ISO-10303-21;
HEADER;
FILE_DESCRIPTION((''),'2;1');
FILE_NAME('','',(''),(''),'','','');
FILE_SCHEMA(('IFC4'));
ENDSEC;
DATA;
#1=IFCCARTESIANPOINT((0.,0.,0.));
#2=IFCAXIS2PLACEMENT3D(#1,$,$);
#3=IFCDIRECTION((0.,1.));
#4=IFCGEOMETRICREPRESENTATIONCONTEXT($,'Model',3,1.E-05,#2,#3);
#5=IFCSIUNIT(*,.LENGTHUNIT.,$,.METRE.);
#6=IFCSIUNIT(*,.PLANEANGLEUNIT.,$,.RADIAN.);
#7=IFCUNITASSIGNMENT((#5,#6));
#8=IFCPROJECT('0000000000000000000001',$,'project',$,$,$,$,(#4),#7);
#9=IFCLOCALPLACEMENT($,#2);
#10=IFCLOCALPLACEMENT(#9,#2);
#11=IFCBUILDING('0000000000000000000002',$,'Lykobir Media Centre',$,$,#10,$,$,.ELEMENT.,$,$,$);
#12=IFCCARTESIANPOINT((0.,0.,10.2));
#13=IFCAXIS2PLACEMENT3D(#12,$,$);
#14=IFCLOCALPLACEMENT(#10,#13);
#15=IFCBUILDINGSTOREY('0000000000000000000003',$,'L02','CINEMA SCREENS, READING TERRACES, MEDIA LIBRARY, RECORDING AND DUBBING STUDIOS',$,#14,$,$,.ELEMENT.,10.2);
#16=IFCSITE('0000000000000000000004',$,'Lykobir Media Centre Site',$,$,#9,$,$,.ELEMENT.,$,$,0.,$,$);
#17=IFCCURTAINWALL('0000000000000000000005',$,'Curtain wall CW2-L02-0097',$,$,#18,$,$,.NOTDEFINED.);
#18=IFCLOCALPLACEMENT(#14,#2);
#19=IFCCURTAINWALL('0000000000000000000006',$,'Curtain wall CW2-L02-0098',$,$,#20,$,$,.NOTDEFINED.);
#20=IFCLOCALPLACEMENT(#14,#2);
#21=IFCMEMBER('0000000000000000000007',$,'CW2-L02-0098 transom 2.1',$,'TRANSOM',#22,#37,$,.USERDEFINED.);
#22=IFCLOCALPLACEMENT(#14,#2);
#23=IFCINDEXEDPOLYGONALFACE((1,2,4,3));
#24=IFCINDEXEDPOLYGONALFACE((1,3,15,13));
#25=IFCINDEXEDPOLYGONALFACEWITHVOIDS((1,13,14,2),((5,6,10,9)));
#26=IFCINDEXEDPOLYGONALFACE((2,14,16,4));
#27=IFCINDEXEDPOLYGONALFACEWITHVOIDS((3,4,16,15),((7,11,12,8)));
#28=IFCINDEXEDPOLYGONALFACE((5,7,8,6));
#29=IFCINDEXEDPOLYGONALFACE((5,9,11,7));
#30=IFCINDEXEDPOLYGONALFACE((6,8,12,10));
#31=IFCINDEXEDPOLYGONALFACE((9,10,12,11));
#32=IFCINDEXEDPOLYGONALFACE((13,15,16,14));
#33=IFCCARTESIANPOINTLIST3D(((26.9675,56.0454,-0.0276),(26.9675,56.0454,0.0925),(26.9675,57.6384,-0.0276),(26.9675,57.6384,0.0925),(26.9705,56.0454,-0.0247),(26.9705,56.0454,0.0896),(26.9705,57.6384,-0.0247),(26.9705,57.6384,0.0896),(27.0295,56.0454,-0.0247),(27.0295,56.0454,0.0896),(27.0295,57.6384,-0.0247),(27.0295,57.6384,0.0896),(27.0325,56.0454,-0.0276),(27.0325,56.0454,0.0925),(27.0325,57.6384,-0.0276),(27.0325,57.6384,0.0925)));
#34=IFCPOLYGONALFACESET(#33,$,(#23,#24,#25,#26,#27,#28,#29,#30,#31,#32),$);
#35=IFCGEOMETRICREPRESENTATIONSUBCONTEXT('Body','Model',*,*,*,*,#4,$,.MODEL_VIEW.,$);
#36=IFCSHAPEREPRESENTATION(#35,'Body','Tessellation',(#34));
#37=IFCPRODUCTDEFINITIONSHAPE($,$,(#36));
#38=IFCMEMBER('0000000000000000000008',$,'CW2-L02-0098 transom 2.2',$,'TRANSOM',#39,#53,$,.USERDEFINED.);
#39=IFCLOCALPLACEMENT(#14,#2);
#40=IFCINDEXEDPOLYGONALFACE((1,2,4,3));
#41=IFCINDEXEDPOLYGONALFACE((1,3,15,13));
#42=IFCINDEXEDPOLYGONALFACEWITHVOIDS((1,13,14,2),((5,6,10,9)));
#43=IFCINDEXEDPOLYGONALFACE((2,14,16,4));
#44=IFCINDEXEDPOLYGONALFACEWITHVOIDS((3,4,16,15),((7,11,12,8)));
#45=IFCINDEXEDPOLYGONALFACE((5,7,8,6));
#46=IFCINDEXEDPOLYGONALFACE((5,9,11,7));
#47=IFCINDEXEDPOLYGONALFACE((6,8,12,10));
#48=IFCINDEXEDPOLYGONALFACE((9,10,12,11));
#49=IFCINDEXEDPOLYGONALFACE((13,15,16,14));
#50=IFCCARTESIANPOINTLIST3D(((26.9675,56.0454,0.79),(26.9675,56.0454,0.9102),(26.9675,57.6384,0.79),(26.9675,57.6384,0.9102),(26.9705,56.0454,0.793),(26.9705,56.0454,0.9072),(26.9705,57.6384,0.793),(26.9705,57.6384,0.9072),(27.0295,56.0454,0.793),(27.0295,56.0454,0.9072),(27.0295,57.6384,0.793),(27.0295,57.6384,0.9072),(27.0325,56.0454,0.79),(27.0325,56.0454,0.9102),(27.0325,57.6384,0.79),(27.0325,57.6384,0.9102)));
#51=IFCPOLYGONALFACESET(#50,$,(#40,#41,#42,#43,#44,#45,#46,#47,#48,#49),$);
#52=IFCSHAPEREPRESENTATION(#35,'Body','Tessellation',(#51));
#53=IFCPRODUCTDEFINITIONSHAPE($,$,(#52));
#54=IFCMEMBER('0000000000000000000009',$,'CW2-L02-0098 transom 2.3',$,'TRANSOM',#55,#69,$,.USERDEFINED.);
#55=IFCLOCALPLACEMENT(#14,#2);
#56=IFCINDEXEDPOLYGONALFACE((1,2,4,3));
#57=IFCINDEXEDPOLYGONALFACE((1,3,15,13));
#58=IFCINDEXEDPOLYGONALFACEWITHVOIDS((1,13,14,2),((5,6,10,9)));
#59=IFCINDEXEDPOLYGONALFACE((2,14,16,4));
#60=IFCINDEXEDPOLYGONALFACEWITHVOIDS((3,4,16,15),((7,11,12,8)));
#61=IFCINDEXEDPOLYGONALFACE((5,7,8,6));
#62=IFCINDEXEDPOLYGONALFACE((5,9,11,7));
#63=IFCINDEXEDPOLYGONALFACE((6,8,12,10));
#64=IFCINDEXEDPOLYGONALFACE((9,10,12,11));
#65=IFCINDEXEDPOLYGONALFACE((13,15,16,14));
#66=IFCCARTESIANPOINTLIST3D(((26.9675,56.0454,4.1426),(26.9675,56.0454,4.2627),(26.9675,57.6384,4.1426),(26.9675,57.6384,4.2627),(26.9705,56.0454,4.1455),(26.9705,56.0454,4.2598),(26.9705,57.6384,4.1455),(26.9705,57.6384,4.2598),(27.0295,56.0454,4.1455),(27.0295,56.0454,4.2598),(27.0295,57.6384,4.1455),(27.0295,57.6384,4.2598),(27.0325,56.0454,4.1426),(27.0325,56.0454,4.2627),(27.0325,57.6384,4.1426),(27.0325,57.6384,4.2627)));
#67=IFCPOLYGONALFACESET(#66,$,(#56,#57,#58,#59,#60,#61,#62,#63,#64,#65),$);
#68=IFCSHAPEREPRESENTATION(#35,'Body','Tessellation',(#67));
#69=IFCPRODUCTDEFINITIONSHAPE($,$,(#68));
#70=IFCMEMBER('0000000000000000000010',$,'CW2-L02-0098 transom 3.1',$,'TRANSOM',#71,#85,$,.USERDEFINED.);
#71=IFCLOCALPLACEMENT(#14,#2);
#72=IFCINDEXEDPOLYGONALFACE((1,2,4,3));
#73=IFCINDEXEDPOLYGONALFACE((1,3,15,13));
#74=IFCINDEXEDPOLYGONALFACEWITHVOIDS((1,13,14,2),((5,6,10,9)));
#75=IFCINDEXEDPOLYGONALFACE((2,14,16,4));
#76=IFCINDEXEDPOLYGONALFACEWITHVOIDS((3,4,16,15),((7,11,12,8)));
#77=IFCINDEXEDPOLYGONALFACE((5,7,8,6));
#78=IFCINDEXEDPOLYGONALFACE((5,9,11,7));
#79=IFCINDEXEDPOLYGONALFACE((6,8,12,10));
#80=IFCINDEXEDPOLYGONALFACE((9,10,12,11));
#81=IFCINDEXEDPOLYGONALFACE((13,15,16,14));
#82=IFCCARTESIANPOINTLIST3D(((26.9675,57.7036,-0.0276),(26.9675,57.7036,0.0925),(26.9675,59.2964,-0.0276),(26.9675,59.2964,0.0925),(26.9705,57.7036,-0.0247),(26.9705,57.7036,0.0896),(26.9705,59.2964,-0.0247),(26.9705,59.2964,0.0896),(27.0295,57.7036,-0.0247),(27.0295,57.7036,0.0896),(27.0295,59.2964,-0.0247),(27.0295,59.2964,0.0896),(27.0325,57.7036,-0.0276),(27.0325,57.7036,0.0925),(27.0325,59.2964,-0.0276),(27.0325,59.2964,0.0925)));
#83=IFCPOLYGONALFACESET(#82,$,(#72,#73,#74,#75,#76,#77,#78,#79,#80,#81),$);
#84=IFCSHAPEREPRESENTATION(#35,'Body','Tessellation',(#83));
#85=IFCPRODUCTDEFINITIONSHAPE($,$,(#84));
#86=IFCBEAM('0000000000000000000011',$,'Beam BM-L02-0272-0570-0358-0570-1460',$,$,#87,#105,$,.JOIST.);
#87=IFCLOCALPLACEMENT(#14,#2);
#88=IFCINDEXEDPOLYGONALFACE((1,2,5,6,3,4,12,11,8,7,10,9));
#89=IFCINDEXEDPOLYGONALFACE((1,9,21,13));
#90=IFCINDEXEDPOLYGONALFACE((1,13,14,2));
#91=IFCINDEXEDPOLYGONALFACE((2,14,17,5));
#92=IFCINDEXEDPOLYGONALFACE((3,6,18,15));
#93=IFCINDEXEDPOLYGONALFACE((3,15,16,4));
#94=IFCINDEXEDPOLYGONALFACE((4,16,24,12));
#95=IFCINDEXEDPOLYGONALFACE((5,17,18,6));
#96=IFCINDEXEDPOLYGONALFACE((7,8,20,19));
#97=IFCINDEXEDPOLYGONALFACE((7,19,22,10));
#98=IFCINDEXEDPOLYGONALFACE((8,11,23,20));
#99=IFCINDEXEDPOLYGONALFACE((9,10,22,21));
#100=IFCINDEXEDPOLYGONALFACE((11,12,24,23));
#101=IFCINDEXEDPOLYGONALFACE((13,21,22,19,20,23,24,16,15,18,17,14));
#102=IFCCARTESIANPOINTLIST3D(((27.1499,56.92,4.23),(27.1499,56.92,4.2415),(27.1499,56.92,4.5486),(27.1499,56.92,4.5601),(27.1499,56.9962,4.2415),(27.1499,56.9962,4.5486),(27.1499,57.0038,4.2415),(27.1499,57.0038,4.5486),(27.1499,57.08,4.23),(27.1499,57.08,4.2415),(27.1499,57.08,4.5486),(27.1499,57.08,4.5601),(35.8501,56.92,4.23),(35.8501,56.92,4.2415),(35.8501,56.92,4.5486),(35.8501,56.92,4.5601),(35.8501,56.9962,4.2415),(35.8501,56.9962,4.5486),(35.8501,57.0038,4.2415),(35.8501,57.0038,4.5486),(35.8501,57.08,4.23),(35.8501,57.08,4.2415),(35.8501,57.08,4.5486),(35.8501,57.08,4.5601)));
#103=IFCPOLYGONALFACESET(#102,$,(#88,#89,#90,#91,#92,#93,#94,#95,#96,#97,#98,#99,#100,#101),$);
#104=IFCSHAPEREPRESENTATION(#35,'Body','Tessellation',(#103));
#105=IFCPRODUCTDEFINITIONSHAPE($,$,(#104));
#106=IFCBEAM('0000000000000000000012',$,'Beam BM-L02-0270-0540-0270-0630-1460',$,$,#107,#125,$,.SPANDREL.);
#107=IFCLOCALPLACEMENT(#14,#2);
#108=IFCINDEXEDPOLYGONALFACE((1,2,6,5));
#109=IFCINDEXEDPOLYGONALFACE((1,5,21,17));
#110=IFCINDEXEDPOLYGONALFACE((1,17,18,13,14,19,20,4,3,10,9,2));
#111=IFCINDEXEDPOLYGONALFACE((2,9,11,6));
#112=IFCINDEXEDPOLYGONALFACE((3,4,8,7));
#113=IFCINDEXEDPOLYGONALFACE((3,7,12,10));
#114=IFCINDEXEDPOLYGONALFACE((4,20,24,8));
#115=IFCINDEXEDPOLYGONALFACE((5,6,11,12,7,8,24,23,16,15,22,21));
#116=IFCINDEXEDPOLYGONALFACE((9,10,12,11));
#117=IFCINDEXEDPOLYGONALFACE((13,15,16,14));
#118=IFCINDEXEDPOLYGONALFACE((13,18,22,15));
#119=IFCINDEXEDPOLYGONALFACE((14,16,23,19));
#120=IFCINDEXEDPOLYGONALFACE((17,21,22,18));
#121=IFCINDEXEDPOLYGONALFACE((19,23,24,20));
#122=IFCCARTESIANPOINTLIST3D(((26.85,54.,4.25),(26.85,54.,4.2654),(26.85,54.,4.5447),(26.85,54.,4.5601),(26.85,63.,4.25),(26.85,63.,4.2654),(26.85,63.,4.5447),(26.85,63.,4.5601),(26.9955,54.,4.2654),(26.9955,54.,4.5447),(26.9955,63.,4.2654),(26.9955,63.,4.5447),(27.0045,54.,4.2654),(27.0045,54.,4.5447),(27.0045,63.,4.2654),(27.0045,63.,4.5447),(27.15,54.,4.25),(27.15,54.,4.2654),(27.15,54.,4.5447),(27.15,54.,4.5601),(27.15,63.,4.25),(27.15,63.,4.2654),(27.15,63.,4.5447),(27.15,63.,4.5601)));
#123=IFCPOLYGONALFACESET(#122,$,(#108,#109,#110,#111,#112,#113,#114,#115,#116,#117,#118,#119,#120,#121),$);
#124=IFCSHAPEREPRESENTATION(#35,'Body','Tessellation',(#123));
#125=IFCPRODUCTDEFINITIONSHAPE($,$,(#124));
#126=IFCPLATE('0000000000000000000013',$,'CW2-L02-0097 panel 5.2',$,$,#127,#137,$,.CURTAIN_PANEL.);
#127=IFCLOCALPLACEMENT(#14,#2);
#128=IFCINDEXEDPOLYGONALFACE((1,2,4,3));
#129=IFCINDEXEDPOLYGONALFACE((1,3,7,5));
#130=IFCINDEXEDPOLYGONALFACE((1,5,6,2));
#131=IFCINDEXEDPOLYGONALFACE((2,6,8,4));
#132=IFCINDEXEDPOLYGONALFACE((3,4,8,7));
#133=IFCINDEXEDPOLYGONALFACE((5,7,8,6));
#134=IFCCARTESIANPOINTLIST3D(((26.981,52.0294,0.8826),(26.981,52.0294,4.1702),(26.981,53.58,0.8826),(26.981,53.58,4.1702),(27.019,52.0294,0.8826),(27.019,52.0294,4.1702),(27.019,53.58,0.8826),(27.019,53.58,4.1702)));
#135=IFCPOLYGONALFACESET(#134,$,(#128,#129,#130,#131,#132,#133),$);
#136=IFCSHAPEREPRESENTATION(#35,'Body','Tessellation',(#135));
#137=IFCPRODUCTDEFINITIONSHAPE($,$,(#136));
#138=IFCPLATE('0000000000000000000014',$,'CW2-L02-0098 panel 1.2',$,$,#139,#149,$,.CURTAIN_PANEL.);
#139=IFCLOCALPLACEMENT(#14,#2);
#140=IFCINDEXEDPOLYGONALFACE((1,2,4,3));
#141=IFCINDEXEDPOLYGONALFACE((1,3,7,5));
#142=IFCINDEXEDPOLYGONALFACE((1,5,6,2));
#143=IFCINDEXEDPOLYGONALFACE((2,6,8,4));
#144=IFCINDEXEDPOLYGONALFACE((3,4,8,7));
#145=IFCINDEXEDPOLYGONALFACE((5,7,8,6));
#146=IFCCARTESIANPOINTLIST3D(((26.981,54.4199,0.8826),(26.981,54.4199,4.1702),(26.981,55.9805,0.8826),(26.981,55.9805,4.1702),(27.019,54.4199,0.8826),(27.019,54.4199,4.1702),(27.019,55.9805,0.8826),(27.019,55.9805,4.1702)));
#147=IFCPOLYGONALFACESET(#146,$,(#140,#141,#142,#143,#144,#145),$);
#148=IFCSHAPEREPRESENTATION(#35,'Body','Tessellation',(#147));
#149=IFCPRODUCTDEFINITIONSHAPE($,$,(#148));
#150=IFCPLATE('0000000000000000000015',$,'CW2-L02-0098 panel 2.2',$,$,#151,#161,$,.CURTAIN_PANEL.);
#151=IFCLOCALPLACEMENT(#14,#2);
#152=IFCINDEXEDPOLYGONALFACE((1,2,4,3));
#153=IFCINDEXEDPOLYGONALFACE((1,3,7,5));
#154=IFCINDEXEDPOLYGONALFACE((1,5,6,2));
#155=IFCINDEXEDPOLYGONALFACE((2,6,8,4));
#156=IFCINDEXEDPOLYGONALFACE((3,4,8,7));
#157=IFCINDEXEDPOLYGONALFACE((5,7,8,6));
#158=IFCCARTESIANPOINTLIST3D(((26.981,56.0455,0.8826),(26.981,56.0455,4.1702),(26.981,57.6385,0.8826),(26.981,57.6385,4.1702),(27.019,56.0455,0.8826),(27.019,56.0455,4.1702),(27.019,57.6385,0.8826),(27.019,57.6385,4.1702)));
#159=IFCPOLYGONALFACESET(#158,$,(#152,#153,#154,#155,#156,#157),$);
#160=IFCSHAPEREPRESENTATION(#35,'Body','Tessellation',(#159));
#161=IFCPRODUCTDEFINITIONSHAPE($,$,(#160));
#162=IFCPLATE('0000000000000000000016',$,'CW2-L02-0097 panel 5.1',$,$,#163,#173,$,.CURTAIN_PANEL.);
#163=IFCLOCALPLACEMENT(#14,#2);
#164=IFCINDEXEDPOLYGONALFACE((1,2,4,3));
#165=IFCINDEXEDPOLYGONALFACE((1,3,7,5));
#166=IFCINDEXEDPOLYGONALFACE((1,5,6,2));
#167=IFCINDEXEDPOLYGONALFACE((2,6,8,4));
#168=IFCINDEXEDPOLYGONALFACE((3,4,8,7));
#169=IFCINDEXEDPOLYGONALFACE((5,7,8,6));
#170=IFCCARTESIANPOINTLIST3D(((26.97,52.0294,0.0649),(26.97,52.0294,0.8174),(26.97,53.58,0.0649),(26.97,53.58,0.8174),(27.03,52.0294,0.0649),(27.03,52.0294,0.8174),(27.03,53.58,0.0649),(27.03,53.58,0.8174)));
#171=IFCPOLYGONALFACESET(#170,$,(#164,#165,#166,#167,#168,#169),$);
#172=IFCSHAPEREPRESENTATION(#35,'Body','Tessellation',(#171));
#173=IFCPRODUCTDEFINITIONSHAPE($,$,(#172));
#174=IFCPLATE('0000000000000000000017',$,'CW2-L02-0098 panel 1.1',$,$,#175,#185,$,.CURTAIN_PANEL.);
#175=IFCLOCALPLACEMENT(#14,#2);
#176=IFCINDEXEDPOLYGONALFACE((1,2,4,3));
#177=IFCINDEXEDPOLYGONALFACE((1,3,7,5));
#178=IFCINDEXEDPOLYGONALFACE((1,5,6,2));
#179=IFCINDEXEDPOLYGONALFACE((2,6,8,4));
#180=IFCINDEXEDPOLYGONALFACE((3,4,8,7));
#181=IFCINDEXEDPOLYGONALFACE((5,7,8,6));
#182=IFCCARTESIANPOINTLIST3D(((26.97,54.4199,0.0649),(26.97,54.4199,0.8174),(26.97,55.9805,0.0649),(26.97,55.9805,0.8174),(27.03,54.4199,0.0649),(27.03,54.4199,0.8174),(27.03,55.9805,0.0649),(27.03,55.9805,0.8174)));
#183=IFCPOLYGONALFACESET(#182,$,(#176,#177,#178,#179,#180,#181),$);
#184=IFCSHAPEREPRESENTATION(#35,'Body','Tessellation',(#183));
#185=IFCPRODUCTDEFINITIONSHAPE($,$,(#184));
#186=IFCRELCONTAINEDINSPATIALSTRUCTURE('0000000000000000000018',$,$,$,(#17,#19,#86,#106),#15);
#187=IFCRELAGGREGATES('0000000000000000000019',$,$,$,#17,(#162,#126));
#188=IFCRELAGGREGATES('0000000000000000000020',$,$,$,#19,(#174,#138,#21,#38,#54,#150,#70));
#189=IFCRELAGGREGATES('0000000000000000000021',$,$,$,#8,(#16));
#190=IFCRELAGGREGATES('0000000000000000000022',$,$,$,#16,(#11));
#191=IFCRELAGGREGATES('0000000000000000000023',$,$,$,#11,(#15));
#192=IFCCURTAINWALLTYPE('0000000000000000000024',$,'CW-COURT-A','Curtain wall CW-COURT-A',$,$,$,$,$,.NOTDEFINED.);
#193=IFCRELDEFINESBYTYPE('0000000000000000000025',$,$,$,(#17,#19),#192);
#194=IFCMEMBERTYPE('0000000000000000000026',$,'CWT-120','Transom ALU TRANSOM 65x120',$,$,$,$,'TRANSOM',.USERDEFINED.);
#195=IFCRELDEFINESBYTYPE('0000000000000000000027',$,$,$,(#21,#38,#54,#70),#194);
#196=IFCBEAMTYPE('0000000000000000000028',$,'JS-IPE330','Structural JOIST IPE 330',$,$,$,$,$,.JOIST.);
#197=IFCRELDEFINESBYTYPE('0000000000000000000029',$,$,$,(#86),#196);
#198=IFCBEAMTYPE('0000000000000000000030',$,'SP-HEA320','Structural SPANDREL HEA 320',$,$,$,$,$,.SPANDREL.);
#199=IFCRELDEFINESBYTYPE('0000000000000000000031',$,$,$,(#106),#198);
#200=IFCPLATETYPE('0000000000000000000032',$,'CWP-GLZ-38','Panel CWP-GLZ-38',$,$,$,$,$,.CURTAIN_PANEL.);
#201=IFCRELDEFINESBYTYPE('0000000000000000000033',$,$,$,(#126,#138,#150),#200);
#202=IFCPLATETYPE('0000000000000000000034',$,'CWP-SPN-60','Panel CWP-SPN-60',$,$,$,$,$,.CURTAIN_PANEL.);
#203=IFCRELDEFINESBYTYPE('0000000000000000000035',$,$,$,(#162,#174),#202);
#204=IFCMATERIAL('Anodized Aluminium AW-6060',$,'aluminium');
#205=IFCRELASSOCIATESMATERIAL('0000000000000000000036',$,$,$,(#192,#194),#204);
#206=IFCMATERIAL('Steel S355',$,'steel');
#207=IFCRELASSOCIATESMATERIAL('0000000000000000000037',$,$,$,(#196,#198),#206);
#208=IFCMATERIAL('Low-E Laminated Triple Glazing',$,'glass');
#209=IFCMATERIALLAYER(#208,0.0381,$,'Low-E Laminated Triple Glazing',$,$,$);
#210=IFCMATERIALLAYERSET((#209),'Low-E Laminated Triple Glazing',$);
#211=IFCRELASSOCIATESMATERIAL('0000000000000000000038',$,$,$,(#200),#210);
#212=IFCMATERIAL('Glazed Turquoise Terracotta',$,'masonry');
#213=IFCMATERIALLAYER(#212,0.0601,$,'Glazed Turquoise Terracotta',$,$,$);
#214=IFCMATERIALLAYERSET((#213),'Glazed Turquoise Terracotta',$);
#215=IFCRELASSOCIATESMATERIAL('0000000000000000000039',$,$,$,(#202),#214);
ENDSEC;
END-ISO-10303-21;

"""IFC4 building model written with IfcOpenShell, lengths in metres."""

from ifc_helpers import new_model, si_unit, direction, frame, origin, origin_2d, place, context, subcontext, project, spatial, rectangle, hollow_rectangle, i_section, extrude, material, layer, layer_set, material_profile, profile_set, type_object, element, aggregate, save


model = new_model("IFC4")

# Units and contexts
model_context = context("Model", 3, precision=1e-05, world=origin(), true_north=direction((0.0, 1.0)))
body_context = subcontext(model_context, "Body", "Model", "MODEL_VIEW")
ifc_project = project(units=[si_unit("LENGTHUNIT", "METRE"), si_unit("PLANEANGLEUNIT", "RADIAN")], contexts=[model_context])

# Site, building, storey
site_placement = place(None, origin())
site = spatial("IfcSite", under=ifc_project, at=site_placement, Name="Lykobir Media Centre Site", CompositionType="ELEMENT", RefElevation=0.0)
building_placement = place(site_placement, origin())
building = spatial("IfcBuilding", under=site, at=building_placement, Name="Lykobir Media Centre", CompositionType="ELEMENT")
storey_placement = place(building_placement, frame((0.0, 0.0, 10.2)))
storey = spatial("IfcBuildingStorey", under=building, at=storey_placement, Name="L02", Description="CINEMA SCREENS, READING TERRACES, MEDIA LIBRARY, RECORDING AND DUBBING STUDIOS", CompositionType="ELEMENT", Elevation=10.2)

# Shared definitions
ifc_material_1 = material(Name="Steel S355", Category="steel")

# Curtain wall
ifc_material_2 = material(Name="Anodized Aluminium AW-6060", Category="aluminium")
curtain_wall_type = type_object("IfcCurtainWallType", Name="CW-COURT-A", Description="Curtain wall CW-COURT-A", PredefinedType="NOTDEFINED", material=ifc_material_2)
curtain_wall_1_placement = place(storey_placement, origin())
curtain_wall_1 = element("IfcCurtainWall", 1, at=curtain_wall_1_placement, inside=storey, type_object=curtain_wall_type, Name="Curtain wall CW2-L02-0097", PredefinedType="NOTDEFINED")

# Curtain wall
curtain_wall_2_placement = place(storey_placement, origin())
curtain_wall_2 = element("IfcCurtainWall", 2, at=curtain_wall_2_placement, inside=storey, type_object=curtain_wall_type, Name="Curtain wall CW2-L02-0098", PredefinedType="NOTDEFINED")

# Members
ifc_material_profile_1 = material_profile(ifc_material_2, hollow_rectangle(XDim=0.0649, YDim=0.1201, WallThickness=0.0029, at=origin_2d()), Name="ALU TRANSOM 65x120")
ifc_profile_set_1 = profile_set([ifc_material_profile_1], Name="Anodized Aluminium AW-6060")
member_type_1 = type_object("IfcMemberType", Name="CWT-120", Description="Transom ALU TRANSOM 65x120", ElementType="TRANSOM", PredefinedType="USERDEFINED", material=ifc_profile_set_1)
member_1_placement = place(storey_placement, frame((27.0, 56.0454, 0.0325), z_axis=(0.0, 1.0, 0.0), x_axis=(-1.0, 0.0, 0.0)))
member_1 = element("IfcMember", 3, at=member_1_placement, type_object=member_type_1, Name="CW2-L02-0098 transom 2.1", ObjectType="TRANSOM", PredefinedType="USERDEFINED", context=body_context, shape_type="SweptSolid", body=[
    extrude(hollow_rectangle(XDim=0.0649, YDim=0.1201, WallThickness=0.0029, at=origin_2d()), origin(), (0.0, 0.0, 1.0), 1.593),
])
member_2_placement = place(storey_placement, frame((27.0, 56.0454, 0.8501), z_axis=(0.0, 1.0, 0.0), x_axis=(-1.0, 0.0, 0.0)))
member_2 = element("IfcMember", 4, at=member_2_placement, type_object=member_type_1, Name="CW2-L02-0098 transom 2.2", ObjectType="TRANSOM", PredefinedType="USERDEFINED", context=body_context, shape_type="SweptSolid", body=[
    extrude(hollow_rectangle(XDim=0.0649, YDim=0.1201, WallThickness=0.0029, at=origin_2d()), origin(), (0.0, 0.0, 1.0), 1.593),
])
member_3_placement = place(storey_placement, frame((27.0, 56.0454, 4.2026), z_axis=(0.0, 1.0, 0.0), x_axis=(-1.0, 0.0, 0.0)))
member_3 = element("IfcMember", 5, at=member_3_placement, type_object=member_type_1, Name="CW2-L02-0098 transom 2.3", ObjectType="TRANSOM", PredefinedType="USERDEFINED", context=body_context, shape_type="SweptSolid", body=[
    extrude(hollow_rectangle(XDim=0.0649, YDim=0.1201, WallThickness=0.0029, at=origin_2d()), origin(), (0.0, 0.0, 1.0), 1.593),
])
member_4_placement = place(storey_placement, frame((27.0, 57.7036, 0.0325), z_axis=(0.0, 1.0, 0.0), x_axis=(-1.0, 0.0, 0.0)))
member_4 = element("IfcMember", 6, at=member_4_placement, type_object=member_type_1, Name="CW2-L02-0098 transom 3.1", ObjectType="TRANSOM", PredefinedType="USERDEFINED", context=body_context, shape_type="SweptSolid", body=[
    extrude(hollow_rectangle(XDim=0.0649, YDim=0.1201, WallThickness=0.0029, at=origin_2d()), origin(), (0.0, 0.0, 1.0), 1.5928),
])

# Beams
ifc_material_profile_2 = material_profile(ifc_material_1, i_section(OverallWidth=0.1599, OverallDepth=0.3301, WebThickness=0.0076, FlangeThickness=0.0115, at=origin_2d()), Name="IPE 330")
ifc_profile_set_2 = profile_set([ifc_material_profile_2], Name="Steel S355")
beam_type_1 = type_object("IfcBeamType", Name="JS-IPE330", Description="Structural JOIST IPE 330", PredefinedType="JOIST", material=ifc_profile_set_2)
beam_1_placement = place(storey_placement, frame((27.1499, 57.0, 4.395), z_axis=(1.0, 0.0, 0.0), x_axis=(0.0, 1.0, 0.0)))
element("IfcBeam", 7, at=beam_1_placement, inside=storey, type_object=beam_type_1, Name="Beam BM-L02-0272-0570-0358-0570-1460", PredefinedType="JOIST", context=body_context, shape_type="SweptSolid", body=[
    extrude(i_section(OverallWidth=0.1599, OverallDepth=0.3301, WebThickness=0.0076, FlangeThickness=0.0115, at=origin_2d()), origin(), (0.0, 0.0, 1.0), 8.7002),
])
ifc_material_profile_3 = material_profile(ifc_material_1, i_section(OverallWidth=0.3, OverallDepth=0.3101, WebThickness=0.009, FlangeThickness=0.0154, at=origin_2d()), Name="HEA 320")
ifc_profile_set_3 = profile_set([ifc_material_profile_3], Name="Steel S355")
beam_type_2 = type_object("IfcBeamType", Name="SP-HEA320", Description="Structural SPANDREL HEA 320", PredefinedType="SPANDREL", material=ifc_profile_set_3)
beam_2_placement = place(storey_placement, frame((27.0, 54.0, 4.405), z_axis=(0.0, 1.0, 0.0), x_axis=(-1.0, 0.0, 0.0)))
element("IfcBeam", 8, at=beam_2_placement, inside=storey, type_object=beam_type_2, Name="Beam BM-L02-0270-0540-0270-0630-1460", PredefinedType="SPANDREL", context=body_context, shape_type="SweptSolid", body=[
    extrude(i_section(OverallWidth=0.3, OverallDepth=0.3101, WebThickness=0.009, FlangeThickness=0.0154, at=origin_2d()), origin(), (0.0, 0.0, 1.0), 9.0),
])

# Plates
ifc_material_3 = material(Name="Low-E Laminated Triple Glazing", Category="glass")
ifc_layer_1 = layer(ifc_material_3, 0.0381, Name="Low-E Laminated Triple Glazing")
ifc_layer_set_1 = layer_set([ifc_layer_1], Name="Low-E Laminated Triple Glazing")
plate_type_1 = type_object("IfcPlateType", Name="CWP-GLZ-38", Description="Panel CWP-GLZ-38", PredefinedType="CURTAIN_PANEL", material=ifc_layer_set_1)
plate_1_placement = place(storey_placement, frame((27.0, 52.8047, 0.8826), z_axis=(0.0, 0.0, 1.0), x_axis=(0.0, 1.0, 0.0)))
plate_1 = element("IfcPlate", 9, at=plate_1_placement, type_object=plate_type_1, Name="CW2-L02-0097 panel 5.2", PredefinedType="CURTAIN_PANEL", context=body_context, shape_type="SweptSolid", body=[
    extrude(rectangle(XDim=1.5505, YDim=0.0381, at=origin_2d()), origin(), (0.0, 0.0, 1.0), 3.2876),
])
plate_2_placement = place(storey_placement, frame((27.0, 55.2002, 0.8826), z_axis=(0.0, 0.0, 1.0), x_axis=(0.0, 1.0, 0.0)))
plate_2 = element("IfcPlate", 10, at=plate_2_placement, type_object=plate_type_1, Name="CW2-L02-0098 panel 1.2", PredefinedType="CURTAIN_PANEL", context=body_context, shape_type="SweptSolid", body=[
    extrude(rectangle(XDim=1.5605, YDim=0.0381, at=origin_2d()), origin(), (0.0, 0.0, 1.0), 3.2876),
])
plate_3_placement = place(storey_placement, frame((27.0, 56.842, 0.8826), z_axis=(0.0, 0.0, 1.0), x_axis=(0.0, 1.0, 0.0)))
plate_3 = element("IfcPlate", 11, at=plate_3_placement, type_object=plate_type_1, Name="CW2-L02-0098 panel 2.2", PredefinedType="CURTAIN_PANEL", context=body_context, shape_type="SweptSolid", body=[
    extrude(rectangle(XDim=1.593, YDim=0.0381, at=origin_2d()), origin(), (0.0, 0.0, 1.0), 3.2876),
])
ifc_material_4 = material(Name="Glazed Turquoise Terracotta", Category="masonry")
ifc_layer_2 = layer(ifc_material_4, 0.0601, Name="Glazed Turquoise Terracotta")
ifc_layer_set_2 = layer_set([ifc_layer_2], Name="Glazed Turquoise Terracotta")
plate_type_2 = type_object("IfcPlateType", Name="CWP-SPN-60", Description="Panel CWP-SPN-60", PredefinedType="CURTAIN_PANEL", material=ifc_layer_set_2)
plate_4_placement = place(storey_placement, frame((27.0, 52.8047, 0.0649), z_axis=(0.0, 0.0, 1.0), x_axis=(0.0, 1.0, 0.0)))
plate_4 = element("IfcPlate", 12, at=plate_4_placement, type_object=plate_type_2, Name="CW2-L02-0097 panel 5.1", PredefinedType="CURTAIN_PANEL", context=body_context, shape_type="SweptSolid", body=[
    extrude(rectangle(XDim=1.5505, YDim=0.0601, at=origin_2d()), origin(), (0.0, 0.0, 1.0), 0.7524),
])
aggregate(curtain_wall_1, [plate_4, plate_1])
plate_5_placement = place(storey_placement, frame((27.0, 55.2002, 0.0649), z_axis=(0.0, 0.0, 1.0), x_axis=(0.0, 1.0, 0.0)))
plate_5 = element("IfcPlate", 13, at=plate_5_placement, type_object=plate_type_2, Name="CW2-L02-0098 panel 1.1", PredefinedType="CURTAIN_PANEL", context=body_context, shape_type="SweptSolid", body=[
    extrude(rectangle(XDim=1.5605, YDim=0.0601, at=origin_2d()), origin(), (0.0, 0.0, 1.0), 0.7524),
])
aggregate(curtain_wall_2, [plate_5, plate_2, member_1, member_2, member_3, plate_3, member_4])

save(model, "model.ifc")
